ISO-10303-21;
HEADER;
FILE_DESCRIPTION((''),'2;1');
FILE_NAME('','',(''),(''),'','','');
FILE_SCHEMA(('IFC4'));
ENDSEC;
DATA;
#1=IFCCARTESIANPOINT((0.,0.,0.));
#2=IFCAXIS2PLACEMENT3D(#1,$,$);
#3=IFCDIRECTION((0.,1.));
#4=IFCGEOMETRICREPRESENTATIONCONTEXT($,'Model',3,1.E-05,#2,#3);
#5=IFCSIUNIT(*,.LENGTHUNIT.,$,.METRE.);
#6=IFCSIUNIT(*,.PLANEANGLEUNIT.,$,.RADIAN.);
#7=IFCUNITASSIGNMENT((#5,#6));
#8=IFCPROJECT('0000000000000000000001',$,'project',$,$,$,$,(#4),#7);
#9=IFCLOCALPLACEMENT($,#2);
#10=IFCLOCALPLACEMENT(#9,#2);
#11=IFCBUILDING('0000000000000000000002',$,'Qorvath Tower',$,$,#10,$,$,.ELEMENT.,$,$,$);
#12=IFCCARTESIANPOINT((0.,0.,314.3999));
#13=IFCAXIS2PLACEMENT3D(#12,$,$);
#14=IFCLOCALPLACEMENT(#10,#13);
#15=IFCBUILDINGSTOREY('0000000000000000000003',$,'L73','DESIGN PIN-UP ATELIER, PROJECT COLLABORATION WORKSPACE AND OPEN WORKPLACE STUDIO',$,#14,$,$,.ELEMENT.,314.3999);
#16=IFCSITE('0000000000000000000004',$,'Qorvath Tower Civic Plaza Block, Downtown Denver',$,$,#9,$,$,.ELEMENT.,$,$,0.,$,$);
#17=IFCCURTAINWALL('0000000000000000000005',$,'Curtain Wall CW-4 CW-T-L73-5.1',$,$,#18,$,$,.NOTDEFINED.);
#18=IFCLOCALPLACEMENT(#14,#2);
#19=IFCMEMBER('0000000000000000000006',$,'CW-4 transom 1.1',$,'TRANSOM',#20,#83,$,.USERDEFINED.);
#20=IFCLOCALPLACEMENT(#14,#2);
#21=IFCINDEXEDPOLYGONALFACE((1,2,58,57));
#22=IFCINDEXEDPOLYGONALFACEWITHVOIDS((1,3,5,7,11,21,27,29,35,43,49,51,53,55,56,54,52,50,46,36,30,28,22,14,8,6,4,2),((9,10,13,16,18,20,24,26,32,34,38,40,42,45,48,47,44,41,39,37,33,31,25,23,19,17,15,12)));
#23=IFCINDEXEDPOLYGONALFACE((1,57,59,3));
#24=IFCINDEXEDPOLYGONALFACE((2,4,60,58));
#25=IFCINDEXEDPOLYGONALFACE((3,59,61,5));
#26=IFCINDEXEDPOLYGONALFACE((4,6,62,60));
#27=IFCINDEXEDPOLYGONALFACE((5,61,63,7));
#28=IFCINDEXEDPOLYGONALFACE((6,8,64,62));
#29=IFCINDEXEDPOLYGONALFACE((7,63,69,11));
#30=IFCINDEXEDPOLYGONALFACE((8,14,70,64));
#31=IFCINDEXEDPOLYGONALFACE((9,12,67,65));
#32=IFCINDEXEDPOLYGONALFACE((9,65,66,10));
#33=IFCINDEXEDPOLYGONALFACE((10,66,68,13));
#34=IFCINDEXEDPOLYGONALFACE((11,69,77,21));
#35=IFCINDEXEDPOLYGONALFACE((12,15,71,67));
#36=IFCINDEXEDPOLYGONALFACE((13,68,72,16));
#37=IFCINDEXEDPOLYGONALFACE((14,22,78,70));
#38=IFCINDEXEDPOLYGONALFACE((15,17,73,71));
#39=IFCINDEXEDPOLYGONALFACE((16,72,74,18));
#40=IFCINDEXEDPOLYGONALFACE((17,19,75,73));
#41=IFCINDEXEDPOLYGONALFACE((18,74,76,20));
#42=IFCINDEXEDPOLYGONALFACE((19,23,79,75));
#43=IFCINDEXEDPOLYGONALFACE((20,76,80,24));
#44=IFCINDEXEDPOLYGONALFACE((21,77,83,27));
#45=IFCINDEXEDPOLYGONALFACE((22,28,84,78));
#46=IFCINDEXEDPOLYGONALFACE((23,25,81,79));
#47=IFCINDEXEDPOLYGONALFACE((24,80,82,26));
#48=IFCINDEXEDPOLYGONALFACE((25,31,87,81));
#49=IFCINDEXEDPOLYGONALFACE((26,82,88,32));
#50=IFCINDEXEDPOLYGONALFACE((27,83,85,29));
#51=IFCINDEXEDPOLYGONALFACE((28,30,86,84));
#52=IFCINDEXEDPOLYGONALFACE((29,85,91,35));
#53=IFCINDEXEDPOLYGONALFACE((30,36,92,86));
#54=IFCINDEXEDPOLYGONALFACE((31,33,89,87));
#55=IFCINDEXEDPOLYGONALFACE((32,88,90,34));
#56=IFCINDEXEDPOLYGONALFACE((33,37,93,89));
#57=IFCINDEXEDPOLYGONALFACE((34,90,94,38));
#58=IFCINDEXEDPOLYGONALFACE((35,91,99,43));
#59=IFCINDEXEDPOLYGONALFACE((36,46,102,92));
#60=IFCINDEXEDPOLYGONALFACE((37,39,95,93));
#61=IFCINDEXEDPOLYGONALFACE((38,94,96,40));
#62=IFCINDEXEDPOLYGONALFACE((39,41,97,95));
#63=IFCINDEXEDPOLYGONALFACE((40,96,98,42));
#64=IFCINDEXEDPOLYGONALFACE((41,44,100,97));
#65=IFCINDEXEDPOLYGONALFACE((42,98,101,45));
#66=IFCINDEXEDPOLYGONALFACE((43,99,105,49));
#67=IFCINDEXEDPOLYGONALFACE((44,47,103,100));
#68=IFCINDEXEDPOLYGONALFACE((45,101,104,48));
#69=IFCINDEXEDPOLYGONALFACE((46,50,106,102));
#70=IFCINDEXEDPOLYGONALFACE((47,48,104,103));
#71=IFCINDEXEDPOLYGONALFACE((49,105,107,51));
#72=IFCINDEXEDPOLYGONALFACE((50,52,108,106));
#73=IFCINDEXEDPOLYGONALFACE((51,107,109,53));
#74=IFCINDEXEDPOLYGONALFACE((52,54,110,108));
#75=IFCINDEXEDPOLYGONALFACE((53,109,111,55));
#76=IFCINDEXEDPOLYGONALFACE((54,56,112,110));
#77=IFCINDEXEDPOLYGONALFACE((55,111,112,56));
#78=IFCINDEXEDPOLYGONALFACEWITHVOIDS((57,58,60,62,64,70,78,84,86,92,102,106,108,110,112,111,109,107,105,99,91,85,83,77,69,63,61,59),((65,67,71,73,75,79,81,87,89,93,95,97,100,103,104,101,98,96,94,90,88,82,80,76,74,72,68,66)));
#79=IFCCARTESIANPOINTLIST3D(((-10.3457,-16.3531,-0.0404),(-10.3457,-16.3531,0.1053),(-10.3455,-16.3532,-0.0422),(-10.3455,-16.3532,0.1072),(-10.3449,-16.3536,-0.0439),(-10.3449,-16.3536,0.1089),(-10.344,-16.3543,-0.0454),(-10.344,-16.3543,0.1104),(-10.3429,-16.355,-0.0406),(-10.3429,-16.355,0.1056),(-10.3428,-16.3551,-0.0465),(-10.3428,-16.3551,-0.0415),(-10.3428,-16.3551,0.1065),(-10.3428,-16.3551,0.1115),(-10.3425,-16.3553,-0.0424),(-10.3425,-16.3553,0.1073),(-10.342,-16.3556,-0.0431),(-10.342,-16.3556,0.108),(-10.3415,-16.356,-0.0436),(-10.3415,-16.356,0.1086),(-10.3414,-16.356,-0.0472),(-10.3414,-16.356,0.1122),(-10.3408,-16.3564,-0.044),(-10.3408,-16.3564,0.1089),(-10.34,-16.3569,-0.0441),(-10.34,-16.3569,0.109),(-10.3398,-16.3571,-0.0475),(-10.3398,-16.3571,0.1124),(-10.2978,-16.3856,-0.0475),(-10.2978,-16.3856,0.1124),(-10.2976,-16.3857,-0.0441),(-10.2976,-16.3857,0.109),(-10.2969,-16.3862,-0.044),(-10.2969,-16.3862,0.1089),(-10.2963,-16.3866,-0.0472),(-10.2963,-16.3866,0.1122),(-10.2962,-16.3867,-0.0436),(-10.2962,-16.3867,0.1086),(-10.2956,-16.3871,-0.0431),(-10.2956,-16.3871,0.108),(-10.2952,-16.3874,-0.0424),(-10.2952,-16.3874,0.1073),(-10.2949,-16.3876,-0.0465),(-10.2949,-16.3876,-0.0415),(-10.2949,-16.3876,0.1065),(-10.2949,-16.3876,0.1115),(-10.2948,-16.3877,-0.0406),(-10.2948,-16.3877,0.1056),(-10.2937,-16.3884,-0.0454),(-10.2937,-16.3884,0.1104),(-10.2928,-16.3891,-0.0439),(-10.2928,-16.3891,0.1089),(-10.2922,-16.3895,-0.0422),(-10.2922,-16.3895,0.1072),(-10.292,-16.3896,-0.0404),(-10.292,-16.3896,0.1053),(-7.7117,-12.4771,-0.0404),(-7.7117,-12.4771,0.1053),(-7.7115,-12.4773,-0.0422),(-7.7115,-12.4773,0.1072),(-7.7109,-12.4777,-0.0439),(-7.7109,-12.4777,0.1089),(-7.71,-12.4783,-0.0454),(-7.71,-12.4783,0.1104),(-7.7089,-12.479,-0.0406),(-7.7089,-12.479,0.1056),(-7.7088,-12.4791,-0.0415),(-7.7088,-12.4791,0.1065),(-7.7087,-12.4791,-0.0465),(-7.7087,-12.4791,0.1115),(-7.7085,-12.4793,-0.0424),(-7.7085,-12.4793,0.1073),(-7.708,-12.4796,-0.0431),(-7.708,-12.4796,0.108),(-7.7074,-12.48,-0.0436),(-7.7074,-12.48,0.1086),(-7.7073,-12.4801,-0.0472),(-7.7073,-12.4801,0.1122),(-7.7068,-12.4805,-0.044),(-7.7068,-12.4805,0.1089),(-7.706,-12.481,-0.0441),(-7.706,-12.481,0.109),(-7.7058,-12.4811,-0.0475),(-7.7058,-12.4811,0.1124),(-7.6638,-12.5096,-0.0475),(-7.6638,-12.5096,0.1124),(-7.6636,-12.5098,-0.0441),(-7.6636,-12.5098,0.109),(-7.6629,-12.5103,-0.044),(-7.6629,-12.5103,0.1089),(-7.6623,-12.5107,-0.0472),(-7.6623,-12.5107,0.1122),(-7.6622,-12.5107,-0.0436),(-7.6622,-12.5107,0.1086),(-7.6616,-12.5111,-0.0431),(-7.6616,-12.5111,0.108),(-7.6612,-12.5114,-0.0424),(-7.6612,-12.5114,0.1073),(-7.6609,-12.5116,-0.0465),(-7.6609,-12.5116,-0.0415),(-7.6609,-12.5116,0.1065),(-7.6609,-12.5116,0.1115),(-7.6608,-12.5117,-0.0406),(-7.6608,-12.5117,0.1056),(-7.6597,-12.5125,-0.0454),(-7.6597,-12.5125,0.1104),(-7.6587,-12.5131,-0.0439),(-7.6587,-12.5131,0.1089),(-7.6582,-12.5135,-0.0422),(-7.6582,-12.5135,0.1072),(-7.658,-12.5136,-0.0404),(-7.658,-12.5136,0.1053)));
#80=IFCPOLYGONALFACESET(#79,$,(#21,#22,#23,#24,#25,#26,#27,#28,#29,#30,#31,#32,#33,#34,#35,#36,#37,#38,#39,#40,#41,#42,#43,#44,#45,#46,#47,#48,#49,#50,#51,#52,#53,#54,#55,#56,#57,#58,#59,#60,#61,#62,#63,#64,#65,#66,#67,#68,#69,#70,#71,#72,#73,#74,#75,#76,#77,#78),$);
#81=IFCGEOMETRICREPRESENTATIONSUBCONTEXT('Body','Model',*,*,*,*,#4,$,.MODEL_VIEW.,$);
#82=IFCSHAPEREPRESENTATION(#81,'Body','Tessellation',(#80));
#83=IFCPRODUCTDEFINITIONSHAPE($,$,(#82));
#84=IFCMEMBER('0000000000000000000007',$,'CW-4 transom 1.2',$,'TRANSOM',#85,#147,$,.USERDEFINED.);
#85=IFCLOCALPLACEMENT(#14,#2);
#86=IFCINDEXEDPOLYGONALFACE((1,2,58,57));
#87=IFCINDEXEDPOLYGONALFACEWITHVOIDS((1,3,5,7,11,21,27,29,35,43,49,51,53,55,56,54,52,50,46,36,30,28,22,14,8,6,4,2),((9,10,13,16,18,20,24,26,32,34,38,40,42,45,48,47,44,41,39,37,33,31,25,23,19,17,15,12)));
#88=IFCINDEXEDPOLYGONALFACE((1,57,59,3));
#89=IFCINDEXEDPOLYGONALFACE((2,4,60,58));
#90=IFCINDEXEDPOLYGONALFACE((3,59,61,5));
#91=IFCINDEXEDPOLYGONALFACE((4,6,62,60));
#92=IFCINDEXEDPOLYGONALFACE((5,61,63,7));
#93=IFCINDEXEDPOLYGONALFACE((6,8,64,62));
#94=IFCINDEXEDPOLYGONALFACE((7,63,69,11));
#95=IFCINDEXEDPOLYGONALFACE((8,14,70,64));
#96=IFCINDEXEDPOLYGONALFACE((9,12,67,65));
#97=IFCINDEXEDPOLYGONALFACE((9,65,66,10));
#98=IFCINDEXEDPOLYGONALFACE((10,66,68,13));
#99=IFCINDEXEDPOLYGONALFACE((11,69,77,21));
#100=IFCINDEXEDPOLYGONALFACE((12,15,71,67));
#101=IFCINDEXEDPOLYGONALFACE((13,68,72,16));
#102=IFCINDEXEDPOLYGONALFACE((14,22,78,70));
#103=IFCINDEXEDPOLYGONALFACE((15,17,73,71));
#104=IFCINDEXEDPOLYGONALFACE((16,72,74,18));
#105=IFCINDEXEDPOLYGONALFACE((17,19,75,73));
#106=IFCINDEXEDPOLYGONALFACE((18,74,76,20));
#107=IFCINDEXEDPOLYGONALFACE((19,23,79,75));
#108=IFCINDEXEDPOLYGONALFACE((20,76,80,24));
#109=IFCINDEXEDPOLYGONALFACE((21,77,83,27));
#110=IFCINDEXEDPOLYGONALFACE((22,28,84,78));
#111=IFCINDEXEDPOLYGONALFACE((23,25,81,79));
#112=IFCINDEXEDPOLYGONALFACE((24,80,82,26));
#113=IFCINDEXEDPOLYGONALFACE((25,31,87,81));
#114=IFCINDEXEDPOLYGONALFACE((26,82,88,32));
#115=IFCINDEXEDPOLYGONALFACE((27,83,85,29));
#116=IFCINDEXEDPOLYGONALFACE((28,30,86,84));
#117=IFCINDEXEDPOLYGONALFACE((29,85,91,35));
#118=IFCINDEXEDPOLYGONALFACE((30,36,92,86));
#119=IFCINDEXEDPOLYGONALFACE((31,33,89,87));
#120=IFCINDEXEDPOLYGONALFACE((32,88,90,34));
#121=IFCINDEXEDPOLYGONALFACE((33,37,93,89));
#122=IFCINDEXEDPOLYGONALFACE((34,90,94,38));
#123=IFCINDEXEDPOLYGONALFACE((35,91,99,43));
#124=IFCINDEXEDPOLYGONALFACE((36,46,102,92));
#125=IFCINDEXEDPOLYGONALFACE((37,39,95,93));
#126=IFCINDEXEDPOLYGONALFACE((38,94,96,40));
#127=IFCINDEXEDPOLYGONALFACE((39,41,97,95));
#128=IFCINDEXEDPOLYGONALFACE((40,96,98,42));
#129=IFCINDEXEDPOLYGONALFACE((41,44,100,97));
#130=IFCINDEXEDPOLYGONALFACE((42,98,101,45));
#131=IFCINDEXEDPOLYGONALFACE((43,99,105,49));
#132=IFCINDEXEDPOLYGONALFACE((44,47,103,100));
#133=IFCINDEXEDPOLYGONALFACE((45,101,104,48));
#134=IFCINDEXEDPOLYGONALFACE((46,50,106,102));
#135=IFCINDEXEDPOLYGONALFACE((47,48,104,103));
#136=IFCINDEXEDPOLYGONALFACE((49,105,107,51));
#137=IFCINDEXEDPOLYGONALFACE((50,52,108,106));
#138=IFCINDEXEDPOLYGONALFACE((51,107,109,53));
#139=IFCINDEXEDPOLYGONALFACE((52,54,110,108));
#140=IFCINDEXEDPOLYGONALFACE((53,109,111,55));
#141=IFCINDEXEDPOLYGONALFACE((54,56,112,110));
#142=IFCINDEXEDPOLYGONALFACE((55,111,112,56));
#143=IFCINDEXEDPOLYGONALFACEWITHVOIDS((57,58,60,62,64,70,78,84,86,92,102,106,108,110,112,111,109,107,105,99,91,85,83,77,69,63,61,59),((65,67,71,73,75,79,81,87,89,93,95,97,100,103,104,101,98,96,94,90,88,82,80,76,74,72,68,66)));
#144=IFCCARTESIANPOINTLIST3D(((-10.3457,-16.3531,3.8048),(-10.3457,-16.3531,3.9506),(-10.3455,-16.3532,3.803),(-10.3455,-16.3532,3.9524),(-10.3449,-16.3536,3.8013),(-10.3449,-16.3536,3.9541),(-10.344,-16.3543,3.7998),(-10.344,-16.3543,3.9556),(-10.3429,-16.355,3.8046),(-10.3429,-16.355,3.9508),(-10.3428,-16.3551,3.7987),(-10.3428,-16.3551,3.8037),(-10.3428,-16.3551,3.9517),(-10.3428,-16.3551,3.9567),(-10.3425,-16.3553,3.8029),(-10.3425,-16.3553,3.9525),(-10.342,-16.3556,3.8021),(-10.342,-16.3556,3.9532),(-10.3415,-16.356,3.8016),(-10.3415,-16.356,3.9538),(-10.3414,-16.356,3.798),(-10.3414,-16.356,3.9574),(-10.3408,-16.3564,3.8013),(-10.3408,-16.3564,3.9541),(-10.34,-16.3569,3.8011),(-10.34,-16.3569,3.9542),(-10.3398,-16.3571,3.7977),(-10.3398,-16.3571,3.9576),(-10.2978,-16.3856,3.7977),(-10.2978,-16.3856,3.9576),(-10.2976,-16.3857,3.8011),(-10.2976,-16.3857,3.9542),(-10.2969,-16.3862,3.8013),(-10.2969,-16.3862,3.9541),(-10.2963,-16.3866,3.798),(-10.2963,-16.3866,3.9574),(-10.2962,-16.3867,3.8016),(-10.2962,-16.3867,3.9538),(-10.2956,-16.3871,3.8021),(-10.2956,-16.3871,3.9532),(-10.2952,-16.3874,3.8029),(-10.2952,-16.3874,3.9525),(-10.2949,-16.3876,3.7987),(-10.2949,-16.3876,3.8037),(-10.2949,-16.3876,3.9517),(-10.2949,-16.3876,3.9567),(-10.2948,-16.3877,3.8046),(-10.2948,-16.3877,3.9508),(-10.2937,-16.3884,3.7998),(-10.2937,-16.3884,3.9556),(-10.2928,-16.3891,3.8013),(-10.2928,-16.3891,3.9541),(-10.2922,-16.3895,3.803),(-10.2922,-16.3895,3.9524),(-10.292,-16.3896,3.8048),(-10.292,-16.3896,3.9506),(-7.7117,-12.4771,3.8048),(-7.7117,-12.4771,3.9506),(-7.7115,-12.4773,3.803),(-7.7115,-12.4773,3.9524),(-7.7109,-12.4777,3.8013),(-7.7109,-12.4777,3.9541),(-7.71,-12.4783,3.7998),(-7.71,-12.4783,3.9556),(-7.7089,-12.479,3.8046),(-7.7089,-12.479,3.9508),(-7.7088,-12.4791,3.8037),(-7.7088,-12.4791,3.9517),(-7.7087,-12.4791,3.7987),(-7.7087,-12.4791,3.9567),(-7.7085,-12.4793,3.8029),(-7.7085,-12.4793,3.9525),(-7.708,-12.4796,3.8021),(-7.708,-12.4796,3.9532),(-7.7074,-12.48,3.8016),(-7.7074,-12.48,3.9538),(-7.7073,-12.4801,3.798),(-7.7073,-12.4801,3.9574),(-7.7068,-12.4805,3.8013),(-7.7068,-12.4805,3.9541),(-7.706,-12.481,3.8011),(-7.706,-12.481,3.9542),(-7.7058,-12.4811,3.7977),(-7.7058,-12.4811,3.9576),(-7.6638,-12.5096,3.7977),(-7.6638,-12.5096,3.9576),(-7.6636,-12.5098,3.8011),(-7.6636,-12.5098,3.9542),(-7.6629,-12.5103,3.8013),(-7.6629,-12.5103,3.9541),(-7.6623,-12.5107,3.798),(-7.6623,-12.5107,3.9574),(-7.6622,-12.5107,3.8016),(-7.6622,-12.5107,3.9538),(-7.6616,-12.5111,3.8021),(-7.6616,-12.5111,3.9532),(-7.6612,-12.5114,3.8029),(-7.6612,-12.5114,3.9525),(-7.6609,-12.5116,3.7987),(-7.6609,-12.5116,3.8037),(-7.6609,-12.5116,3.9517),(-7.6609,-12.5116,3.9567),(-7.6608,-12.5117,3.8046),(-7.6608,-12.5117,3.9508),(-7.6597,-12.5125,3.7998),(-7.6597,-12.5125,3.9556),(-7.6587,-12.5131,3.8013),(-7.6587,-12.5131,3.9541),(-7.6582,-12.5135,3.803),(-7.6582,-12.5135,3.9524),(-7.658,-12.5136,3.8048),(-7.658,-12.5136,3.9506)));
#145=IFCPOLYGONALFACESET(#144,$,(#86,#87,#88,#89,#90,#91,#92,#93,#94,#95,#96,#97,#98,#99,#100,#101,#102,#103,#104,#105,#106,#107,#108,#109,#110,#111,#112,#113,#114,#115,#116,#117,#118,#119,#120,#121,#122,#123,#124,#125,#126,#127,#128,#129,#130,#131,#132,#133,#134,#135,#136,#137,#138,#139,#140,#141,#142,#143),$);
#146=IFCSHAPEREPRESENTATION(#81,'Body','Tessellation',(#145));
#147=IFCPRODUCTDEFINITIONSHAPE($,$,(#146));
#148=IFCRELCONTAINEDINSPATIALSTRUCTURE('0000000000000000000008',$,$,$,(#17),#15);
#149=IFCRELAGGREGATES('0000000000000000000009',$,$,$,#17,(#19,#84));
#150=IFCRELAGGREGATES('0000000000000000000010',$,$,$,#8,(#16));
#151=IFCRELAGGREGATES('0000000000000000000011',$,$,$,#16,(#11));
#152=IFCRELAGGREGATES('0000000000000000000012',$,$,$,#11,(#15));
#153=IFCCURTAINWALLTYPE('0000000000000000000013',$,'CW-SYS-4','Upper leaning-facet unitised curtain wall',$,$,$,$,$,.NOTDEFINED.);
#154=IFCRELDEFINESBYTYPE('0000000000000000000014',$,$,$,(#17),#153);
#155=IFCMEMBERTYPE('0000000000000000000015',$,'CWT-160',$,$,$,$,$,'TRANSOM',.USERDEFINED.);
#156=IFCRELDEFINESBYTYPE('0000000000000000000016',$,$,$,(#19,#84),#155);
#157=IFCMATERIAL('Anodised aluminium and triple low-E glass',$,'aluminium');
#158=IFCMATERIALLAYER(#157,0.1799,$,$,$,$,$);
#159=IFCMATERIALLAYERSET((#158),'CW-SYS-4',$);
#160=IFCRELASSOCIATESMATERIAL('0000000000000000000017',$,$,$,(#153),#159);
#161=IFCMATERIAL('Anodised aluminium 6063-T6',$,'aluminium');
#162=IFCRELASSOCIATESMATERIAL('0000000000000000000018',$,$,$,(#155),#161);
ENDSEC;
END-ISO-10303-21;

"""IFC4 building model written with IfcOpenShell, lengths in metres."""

from ifc_helpers import new_model, si_unit, direction, frame, origin, origin_2d, place, context, subcontext, project, spatial, hollow_rectangle, extrude, material, layer, layer_set, material_profile, profile_set, type_object, element, aggregate, save


model = new_model("IFC4")

# Units and contexts
model_context = context("Model", 3, precision=1e-05, world=origin(), true_north=direction((0.0, 1.0)))
body_context = subcontext(model_context, "Body", "Model", "MODEL_VIEW")
ifc_project = project(units=[si_unit("LENGTHUNIT", "METRE"), si_unit("PLANEANGLEUNIT", "RADIAN")], contexts=[model_context])

# Site, building, storey
site_placement = place(None, origin())
site = spatial("IfcSite", under=ifc_project, at=site_placement, Name="Qorvath Tower Civic Plaza Block, Downtown Denver", CompositionType="ELEMENT", RefElevation=0.0)
building_placement = place(site_placement, origin())
building = spatial("IfcBuilding", under=site, at=building_placement, Name="Qorvath Tower", CompositionType="ELEMENT")
storey_placement = place(building_placement, frame((0.0, 0.0, 314.3999)))
storey = spatial("IfcBuildingStorey", under=building, at=storey_placement, Name="L73", Description="DESIGN PIN-UP ATELIER, PROJECT COLLABORATION WORKSPACE AND OPEN WORKPLACE STUDIO", CompositionType="ELEMENT", Elevation=314.3999)

# Shared definitions
ifc_material_1 = material(Name="Anodised aluminium and triple low-E glass", Category="aluminium")
ifc_layer_1 = layer(ifc_material_1, 0.1799)
ifc_layer_set_1 = layer_set([ifc_layer_1], Name="CW-SYS-4")
curtain_wall_type = type_object("IfcCurtainWallType", Name="CW-SYS-4", Description="Upper leaning-facet unitised curtain wall", PredefinedType="NOTDEFINED", material=ifc_layer_set_1)

# Curtain wall
curtain_wall_1_placement = place(storey_placement, origin())
curtain_wall_1 = element("IfcCurtainWall", 1, at=curtain_wall_1_placement, inside=storey, type_object=curtain_wall_type, Name="Curtain Wall CW-4 CW-T-L73-5.1", PredefinedType="NOTDEFINED")

# Members
ifc_material_2 = material(Name="Anodised aluminium 6063-T6", Category="aluminium")
ifc_material_profile_1 = material_profile(ifc_material_2, hollow_rectangle(XDim=0.0649, YDim=0.1599, WallThickness=0.0034, InnerFilletRadius=0.0034, OuterFilletRadius=0.0071, at=origin_2d()), Name="CWT 160x65")
ifc_profile_set_1 = profile_set([ifc_material_profile_1], Name="Anodised aluminium 6063-T6")
member_type_1 = type_object("IfcMemberType", Name="CWT-160", ElementType="TRANSOM", PredefinedType="USERDEFINED", material=ifc_profile_set_1)
member_1_placement = place(storey_placement, frame((-10.3188, -16.3713, 0.0325), z_axis=(0.562072, 0.827088, 0.0), x_axis=(-0.827088, 0.562072, 0.0)))
member_1 = element("IfcMember", 2, at=member_1_placement, type_object=member_type_1, Name="CW-4 transom 1.1", ObjectType="TRANSOM", PredefinedType="USERDEFINED", context=body_context, shape_type="SweptSolid", body=[
    extrude(hollow_rectangle(XDim=0.0649, YDim=0.1599, WallThickness=0.0034, InnerFilletRadius=0.0034, OuterFilletRadius=0.0071, at=origin_2d()), origin(), (0.0, 0.0, 1.0), 4.6863),
])
member_2_placement = place(storey_placement, frame((-10.3188, -16.3713, 3.8777), z_axis=(0.562072, 0.827088, 0.0), x_axis=(-0.827088, 0.562072, 0.0)))
member_2 = element("IfcMember", 3, at=member_2_placement, type_object=member_type_1, Name="CW-4 transom 1.2", ObjectType="TRANSOM", PredefinedType="USERDEFINED", context=body_context, shape_type="SweptSolid", body=[
    extrude(hollow_rectangle(XDim=0.0649, YDim=0.1599, WallThickness=0.0034, InnerFilletRadius=0.0034, OuterFilletRadius=0.0071, at=origin_2d()), origin(), (0.0, 0.0, 1.0), 4.6863),
])

aggregate(curtain_wall_1, [member_1, member_2])

save(model, "model.ifc")
